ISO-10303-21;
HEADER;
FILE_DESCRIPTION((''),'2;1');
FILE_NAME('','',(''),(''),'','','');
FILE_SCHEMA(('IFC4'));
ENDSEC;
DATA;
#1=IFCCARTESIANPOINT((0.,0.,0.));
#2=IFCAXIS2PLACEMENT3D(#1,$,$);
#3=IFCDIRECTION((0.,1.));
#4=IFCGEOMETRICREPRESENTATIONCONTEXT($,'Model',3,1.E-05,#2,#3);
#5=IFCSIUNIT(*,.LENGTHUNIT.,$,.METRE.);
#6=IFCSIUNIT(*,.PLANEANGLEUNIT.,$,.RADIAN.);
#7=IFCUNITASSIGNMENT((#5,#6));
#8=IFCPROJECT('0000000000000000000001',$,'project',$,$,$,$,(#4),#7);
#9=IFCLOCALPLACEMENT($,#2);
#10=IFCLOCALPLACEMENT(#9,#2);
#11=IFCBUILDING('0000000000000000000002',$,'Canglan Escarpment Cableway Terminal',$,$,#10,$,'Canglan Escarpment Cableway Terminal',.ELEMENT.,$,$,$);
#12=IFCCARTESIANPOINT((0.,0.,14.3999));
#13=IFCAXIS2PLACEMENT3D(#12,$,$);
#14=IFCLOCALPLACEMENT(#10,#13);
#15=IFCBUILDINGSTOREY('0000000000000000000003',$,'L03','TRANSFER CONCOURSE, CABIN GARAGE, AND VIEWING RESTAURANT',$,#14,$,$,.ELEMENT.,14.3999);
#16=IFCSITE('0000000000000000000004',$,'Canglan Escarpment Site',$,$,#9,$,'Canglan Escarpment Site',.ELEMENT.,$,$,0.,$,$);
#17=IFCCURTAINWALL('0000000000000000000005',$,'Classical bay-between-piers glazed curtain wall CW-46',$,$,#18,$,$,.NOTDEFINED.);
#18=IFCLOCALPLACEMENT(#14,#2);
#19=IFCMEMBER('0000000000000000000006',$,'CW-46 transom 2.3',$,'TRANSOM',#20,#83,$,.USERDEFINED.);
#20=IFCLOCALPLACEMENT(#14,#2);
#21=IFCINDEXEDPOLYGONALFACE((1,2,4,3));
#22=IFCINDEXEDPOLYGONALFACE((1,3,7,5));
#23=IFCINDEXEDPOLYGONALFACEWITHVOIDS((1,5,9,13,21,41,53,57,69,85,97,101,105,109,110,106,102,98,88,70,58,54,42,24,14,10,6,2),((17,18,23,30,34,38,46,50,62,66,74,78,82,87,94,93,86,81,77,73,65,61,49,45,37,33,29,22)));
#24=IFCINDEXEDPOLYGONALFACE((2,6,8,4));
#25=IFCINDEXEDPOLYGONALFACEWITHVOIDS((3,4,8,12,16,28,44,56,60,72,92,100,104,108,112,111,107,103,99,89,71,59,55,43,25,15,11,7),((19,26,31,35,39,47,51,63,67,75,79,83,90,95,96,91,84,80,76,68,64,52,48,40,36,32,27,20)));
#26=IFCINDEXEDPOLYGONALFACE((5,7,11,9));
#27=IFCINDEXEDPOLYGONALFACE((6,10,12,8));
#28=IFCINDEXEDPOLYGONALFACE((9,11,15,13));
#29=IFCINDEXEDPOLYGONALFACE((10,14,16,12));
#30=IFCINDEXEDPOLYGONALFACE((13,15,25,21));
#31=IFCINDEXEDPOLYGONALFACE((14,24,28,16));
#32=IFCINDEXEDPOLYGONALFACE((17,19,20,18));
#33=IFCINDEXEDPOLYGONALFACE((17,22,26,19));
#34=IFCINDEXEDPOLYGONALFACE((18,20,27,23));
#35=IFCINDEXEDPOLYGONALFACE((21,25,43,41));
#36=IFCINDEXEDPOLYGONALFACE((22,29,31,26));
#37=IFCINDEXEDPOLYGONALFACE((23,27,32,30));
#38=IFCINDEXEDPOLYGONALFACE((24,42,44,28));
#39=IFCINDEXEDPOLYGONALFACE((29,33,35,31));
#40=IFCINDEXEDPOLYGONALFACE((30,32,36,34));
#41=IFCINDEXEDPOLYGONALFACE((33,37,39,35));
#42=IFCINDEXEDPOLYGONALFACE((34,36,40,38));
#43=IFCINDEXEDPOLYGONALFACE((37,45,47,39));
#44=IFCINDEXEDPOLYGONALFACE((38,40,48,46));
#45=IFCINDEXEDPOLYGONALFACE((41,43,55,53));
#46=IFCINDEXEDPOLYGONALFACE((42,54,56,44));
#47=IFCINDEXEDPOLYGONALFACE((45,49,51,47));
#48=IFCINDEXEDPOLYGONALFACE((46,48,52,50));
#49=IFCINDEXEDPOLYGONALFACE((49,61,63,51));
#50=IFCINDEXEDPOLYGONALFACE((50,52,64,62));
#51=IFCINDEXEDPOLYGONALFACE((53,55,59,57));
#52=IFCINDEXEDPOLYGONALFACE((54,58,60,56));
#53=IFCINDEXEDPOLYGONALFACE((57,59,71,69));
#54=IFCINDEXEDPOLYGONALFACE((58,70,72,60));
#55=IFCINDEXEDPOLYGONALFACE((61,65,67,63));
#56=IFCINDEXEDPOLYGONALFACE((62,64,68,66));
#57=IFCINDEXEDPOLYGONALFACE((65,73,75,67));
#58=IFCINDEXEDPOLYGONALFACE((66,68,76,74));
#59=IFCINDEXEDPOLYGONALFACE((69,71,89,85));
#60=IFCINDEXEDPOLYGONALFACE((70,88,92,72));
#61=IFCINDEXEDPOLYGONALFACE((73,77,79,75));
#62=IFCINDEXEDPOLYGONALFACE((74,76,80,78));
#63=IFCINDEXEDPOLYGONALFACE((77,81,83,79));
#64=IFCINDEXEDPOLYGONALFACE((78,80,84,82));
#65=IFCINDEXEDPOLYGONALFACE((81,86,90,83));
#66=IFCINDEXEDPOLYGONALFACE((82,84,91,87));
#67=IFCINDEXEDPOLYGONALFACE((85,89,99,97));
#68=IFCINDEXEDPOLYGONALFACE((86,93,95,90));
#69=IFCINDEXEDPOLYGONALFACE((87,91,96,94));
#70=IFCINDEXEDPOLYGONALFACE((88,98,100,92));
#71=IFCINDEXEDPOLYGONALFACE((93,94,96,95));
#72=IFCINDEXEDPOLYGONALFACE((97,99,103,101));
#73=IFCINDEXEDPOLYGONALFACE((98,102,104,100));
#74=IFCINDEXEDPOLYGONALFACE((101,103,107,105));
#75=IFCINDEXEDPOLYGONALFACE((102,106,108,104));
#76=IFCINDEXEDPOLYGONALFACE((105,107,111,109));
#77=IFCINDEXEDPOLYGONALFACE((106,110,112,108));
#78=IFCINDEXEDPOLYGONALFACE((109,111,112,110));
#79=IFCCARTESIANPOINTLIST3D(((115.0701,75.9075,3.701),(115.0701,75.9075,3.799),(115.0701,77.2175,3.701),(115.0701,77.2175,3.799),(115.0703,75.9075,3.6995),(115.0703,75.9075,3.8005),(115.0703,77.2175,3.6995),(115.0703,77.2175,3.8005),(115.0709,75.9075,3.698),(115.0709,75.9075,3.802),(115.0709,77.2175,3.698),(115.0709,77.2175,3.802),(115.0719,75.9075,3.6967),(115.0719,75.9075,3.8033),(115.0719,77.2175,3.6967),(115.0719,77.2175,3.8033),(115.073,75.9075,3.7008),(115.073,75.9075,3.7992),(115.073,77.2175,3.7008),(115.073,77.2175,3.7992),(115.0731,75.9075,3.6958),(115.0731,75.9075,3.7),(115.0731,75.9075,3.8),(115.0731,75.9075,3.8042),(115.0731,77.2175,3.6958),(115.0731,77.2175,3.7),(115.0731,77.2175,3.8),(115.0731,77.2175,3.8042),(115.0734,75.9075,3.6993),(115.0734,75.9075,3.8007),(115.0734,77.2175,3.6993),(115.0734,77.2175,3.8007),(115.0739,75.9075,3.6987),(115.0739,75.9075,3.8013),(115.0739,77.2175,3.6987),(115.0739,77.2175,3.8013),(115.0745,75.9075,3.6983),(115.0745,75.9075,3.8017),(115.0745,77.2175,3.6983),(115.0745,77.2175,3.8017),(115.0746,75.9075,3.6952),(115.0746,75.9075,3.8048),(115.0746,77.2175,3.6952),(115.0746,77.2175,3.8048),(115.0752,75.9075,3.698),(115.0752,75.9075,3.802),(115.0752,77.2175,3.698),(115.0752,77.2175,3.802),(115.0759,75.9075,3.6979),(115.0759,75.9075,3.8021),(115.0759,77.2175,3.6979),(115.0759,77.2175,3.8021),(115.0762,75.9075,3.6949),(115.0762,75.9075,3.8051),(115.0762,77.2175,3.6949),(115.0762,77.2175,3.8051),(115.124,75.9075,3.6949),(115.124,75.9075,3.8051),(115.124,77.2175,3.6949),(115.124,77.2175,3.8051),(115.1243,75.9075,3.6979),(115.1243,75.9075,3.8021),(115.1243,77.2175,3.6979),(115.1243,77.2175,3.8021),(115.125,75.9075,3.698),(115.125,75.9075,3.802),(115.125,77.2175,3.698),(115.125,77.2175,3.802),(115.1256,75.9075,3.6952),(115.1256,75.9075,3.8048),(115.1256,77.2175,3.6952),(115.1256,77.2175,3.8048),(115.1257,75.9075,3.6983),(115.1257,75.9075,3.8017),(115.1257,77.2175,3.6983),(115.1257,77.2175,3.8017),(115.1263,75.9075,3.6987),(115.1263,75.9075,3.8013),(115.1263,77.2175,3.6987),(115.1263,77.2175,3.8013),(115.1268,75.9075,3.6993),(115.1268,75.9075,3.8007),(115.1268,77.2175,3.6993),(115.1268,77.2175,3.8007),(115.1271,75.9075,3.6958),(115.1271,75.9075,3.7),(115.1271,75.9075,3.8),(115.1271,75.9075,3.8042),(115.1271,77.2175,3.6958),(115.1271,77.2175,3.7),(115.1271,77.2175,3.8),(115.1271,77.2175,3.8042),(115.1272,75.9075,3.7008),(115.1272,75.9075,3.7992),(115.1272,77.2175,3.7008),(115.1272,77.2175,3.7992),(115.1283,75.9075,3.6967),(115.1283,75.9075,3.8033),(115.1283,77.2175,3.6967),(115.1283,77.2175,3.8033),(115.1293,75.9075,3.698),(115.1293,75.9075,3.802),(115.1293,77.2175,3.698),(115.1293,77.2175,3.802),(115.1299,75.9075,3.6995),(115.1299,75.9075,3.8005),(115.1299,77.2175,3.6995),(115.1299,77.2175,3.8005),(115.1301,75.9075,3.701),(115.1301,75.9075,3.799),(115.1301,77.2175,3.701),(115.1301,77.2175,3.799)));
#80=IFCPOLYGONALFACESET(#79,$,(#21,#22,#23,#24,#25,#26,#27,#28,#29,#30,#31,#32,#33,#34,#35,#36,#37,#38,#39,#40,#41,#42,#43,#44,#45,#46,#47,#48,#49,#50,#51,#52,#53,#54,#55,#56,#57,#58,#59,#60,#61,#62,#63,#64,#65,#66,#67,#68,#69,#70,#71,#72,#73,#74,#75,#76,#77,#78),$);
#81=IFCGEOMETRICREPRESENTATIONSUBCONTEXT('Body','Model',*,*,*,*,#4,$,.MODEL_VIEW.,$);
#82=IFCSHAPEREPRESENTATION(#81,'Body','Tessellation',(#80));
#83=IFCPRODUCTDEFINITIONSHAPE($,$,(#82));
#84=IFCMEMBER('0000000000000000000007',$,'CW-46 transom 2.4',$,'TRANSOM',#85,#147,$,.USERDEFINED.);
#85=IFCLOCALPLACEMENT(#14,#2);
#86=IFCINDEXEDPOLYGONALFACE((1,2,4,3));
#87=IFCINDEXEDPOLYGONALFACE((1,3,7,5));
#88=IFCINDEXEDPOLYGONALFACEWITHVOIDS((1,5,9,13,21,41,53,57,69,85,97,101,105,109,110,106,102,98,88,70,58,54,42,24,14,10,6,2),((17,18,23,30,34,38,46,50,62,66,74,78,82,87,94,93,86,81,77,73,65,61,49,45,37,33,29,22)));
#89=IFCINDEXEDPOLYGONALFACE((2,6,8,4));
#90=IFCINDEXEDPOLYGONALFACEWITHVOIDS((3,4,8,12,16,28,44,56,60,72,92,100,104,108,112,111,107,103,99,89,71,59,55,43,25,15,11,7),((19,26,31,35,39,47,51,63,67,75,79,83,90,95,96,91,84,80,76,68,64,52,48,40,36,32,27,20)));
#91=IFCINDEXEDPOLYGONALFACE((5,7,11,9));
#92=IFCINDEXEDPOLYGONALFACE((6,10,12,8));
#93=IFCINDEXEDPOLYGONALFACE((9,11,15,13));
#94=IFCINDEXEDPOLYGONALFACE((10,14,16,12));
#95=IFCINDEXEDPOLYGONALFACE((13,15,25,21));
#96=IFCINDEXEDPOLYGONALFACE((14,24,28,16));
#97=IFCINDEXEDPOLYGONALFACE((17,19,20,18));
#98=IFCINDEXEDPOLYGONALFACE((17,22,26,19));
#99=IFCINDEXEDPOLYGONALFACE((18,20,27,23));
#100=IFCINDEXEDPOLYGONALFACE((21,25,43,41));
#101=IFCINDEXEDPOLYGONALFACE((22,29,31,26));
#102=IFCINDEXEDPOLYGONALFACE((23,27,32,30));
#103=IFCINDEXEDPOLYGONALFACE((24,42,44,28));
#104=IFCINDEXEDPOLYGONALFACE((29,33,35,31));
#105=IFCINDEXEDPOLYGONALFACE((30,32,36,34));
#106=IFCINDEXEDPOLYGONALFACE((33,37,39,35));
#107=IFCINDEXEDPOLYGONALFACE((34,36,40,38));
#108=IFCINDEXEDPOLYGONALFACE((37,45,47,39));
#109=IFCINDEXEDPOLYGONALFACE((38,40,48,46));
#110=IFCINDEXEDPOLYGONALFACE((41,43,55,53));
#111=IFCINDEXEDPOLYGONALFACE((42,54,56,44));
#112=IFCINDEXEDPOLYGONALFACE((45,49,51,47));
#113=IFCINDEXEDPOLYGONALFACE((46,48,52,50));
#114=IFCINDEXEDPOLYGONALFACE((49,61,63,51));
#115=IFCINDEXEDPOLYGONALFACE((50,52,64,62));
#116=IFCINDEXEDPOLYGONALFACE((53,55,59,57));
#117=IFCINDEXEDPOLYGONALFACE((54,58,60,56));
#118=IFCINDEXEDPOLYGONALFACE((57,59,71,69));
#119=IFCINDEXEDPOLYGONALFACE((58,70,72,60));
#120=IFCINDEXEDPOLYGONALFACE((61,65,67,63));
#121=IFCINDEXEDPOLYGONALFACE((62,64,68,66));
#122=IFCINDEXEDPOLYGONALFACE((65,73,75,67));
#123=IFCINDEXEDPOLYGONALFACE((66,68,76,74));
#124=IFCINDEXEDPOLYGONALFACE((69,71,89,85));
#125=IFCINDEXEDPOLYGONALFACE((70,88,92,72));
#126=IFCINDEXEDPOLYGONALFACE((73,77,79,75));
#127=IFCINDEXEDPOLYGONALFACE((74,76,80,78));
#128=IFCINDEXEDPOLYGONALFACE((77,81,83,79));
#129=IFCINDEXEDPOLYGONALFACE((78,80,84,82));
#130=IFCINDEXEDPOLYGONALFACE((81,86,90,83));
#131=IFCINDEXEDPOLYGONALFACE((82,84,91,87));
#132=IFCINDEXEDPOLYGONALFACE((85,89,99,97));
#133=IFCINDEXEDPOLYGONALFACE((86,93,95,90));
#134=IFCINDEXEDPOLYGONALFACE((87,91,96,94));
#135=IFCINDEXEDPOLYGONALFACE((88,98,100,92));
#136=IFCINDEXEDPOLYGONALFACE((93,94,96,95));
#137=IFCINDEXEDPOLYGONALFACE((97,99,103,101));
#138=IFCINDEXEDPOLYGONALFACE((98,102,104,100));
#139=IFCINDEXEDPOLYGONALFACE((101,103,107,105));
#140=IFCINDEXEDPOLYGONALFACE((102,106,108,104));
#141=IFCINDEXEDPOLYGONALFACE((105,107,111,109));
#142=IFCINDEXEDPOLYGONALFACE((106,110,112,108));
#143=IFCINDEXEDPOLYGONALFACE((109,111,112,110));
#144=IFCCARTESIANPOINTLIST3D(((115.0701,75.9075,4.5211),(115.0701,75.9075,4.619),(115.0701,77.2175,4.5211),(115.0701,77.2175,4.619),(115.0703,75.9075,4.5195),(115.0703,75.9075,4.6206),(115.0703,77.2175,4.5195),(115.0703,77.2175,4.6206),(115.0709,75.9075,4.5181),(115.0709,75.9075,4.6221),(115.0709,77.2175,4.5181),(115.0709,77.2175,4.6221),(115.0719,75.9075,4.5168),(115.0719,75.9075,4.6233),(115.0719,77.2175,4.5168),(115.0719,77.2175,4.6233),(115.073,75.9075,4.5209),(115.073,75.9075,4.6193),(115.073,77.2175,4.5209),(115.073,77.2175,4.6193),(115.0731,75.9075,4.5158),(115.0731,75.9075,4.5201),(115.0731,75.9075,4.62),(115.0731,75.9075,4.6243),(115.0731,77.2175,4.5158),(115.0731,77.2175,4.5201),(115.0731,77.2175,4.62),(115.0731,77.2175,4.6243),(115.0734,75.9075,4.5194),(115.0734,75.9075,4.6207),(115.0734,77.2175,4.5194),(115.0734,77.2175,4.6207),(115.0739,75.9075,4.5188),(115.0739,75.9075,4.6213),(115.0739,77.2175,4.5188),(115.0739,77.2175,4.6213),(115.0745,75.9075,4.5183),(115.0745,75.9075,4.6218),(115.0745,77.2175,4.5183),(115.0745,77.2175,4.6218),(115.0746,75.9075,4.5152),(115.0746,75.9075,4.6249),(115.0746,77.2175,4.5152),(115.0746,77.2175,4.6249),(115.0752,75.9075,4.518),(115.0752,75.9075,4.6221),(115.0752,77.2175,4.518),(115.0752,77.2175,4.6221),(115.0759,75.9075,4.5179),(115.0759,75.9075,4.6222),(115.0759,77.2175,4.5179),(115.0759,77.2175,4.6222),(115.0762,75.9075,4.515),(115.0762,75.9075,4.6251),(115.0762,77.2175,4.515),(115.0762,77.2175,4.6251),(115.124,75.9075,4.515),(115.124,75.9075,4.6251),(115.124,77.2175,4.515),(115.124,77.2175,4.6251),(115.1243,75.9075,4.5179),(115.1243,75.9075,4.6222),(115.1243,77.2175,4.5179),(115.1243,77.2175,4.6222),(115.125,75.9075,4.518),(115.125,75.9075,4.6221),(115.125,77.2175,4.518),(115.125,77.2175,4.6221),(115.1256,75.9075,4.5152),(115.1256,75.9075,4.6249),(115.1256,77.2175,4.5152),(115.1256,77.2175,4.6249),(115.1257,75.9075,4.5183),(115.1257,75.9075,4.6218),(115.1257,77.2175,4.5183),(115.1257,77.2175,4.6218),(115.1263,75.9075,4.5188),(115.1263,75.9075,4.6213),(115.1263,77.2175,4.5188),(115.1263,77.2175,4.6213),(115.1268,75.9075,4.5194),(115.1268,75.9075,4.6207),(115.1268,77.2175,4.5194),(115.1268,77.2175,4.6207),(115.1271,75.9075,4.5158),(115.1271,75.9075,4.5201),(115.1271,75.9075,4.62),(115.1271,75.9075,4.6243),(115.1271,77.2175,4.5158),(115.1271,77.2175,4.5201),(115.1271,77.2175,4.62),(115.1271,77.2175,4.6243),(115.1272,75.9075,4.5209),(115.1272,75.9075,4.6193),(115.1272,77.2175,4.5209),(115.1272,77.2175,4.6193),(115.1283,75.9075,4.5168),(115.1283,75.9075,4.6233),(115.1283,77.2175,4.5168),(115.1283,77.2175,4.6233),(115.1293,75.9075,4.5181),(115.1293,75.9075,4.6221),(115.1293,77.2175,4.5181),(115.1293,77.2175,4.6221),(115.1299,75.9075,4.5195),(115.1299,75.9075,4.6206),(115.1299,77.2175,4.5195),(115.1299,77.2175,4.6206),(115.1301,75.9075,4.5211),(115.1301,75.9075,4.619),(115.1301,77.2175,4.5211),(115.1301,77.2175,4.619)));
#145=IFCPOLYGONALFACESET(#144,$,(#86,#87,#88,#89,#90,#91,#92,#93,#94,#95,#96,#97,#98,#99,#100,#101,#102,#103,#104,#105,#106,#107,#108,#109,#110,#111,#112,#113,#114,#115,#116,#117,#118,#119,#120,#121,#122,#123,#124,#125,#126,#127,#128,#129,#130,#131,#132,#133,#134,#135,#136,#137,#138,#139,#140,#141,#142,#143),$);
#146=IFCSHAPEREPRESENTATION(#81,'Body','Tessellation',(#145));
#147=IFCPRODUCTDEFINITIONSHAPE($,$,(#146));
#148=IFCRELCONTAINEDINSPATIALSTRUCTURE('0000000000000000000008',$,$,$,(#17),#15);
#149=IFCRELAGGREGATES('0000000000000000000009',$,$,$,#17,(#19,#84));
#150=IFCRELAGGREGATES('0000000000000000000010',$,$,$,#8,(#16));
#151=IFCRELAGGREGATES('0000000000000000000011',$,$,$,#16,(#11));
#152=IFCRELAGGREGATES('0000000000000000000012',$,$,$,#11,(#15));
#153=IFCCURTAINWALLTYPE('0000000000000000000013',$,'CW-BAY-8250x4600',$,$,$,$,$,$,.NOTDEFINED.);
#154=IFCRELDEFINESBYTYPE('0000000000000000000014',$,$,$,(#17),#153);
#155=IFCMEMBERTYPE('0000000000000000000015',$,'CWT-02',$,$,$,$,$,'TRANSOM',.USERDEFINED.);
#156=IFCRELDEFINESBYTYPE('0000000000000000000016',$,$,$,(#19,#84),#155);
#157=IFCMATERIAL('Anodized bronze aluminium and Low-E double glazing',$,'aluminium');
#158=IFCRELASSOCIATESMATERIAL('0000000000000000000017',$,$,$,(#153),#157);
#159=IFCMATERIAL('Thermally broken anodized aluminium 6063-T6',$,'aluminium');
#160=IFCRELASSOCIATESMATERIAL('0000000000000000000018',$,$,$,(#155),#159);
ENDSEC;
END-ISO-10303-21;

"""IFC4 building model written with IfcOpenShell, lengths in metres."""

from ifc_helpers import new_model, si_unit, direction, frame, origin, origin_2d, place, context, subcontext, project, spatial, hollow_rectangle, extrude, material, material_profile, profile_set, type_object, element, aggregate, save


model = new_model("IFC4")

# Units and contexts
model_context = context("Model", 3, precision=1e-05, world=origin(), true_north=direction((0.0, 1.0)))
body_context = subcontext(model_context, "Body", "Model", "MODEL_VIEW")
ifc_project = project(units=[si_unit("LENGTHUNIT", "METRE"), si_unit("PLANEANGLEUNIT", "RADIAN")], contexts=[model_context])

# Site, building, storey
site_placement = place(None, origin())
site = spatial("IfcSite", under=ifc_project, at=site_placement, Name="Canglan Escarpment Site", LongName="Canglan Escarpment Site", CompositionType="ELEMENT", RefElevation=0.0)
building_placement = place(site_placement, origin())
building = spatial("IfcBuilding", under=site, at=building_placement, Name="Canglan Escarpment Cableway Terminal", LongName="Canglan Escarpment Cableway Terminal", CompositionType="ELEMENT")
storey_placement = place(building_placement, frame((0.0, 0.0, 14.3999)))
storey = spatial("IfcBuildingStorey", under=building, at=storey_placement, Name="L03", Description="TRANSFER CONCOURSE, CABIN GARAGE, AND VIEWING RESTAURANT", CompositionType="ELEMENT", Elevation=14.3999)

# Curtain wall, members
ifc_material_1 = material(Name="Anodized bronze aluminium and Low-E double glazing", Category="aluminium")
curtain_wall_type = type_object("IfcCurtainWallType", Name="CW-BAY-8250x4600", PredefinedType="NOTDEFINED", material=ifc_material_1)
curtain_wall_placement = place(storey_placement, origin())
curtain_wall = element("IfcCurtainWall", 1, at=curtain_wall_placement, inside=storey, type_object=curtain_wall_type, Name="Classical bay-between-piers glazed curtain wall CW-46", PredefinedType="NOTDEFINED")
ifc_material_2 = material(Name="Thermally broken anodized aluminium 6063-T6", Category="aluminium")
ifc_material_profile_1 = material_profile(ifc_material_2, hollow_rectangle(XDim=0.0601, YDim=0.1101, WallThickness=0.0029, InnerFilletRadius=0.0029, OuterFilletRadius=0.0061, at=origin_2d()), Name="ALU-TRAN 60x110x3")
ifc_profile_set_1 = profile_set([ifc_material_profile_1], Name="Thermally broken anodized aluminium 6063-T6")
member_type_1 = type_object("IfcMemberType", Name="CWT-02", ElementType="TRANSOM", PredefinedType="USERDEFINED", material=ifc_profile_set_1)
member_1_placement = place(storey_placement, frame((115.1001, 77.2175, 3.75), z_axis=(0.0, -1.0, 0.0), x_axis=(1.0, 0.0, 0.0)))
member_1 = element("IfcMember", 2, at=member_1_placement, type_object=member_type_1, Name="CW-46 transom 2.3", ObjectType="TRANSOM", PredefinedType="USERDEFINED", context=body_context, shape_type="SweptSolid", body=[
    extrude(hollow_rectangle(XDim=0.0601, YDim=0.1101, WallThickness=0.0029, InnerFilletRadius=0.0029, OuterFilletRadius=0.0061, at=origin_2d()), origin(), (0.0, 0.0, 1.0), 1.3101),
])
member_2_placement = place(storey_placement, frame((115.1001, 77.2175, 4.5701), z_axis=(0.0, -1.0, 0.0), x_axis=(1.0, 0.0, 0.0)))
member_2 = element("IfcMember", 3, at=member_2_placement, type_object=member_type_1, Name="CW-46 transom 2.4", ObjectType="TRANSOM", PredefinedType="USERDEFINED", context=body_context, shape_type="SweptSolid", body=[
    extrude(hollow_rectangle(XDim=0.0601, YDim=0.1101, WallThickness=0.0029, InnerFilletRadius=0.0029, OuterFilletRadius=0.0061, at=origin_2d()), origin(), (0.0, 0.0, 1.0), 1.3101),
])
aggregate(curtain_wall, [member_1, member_2])

save(model, "model.ifc")
